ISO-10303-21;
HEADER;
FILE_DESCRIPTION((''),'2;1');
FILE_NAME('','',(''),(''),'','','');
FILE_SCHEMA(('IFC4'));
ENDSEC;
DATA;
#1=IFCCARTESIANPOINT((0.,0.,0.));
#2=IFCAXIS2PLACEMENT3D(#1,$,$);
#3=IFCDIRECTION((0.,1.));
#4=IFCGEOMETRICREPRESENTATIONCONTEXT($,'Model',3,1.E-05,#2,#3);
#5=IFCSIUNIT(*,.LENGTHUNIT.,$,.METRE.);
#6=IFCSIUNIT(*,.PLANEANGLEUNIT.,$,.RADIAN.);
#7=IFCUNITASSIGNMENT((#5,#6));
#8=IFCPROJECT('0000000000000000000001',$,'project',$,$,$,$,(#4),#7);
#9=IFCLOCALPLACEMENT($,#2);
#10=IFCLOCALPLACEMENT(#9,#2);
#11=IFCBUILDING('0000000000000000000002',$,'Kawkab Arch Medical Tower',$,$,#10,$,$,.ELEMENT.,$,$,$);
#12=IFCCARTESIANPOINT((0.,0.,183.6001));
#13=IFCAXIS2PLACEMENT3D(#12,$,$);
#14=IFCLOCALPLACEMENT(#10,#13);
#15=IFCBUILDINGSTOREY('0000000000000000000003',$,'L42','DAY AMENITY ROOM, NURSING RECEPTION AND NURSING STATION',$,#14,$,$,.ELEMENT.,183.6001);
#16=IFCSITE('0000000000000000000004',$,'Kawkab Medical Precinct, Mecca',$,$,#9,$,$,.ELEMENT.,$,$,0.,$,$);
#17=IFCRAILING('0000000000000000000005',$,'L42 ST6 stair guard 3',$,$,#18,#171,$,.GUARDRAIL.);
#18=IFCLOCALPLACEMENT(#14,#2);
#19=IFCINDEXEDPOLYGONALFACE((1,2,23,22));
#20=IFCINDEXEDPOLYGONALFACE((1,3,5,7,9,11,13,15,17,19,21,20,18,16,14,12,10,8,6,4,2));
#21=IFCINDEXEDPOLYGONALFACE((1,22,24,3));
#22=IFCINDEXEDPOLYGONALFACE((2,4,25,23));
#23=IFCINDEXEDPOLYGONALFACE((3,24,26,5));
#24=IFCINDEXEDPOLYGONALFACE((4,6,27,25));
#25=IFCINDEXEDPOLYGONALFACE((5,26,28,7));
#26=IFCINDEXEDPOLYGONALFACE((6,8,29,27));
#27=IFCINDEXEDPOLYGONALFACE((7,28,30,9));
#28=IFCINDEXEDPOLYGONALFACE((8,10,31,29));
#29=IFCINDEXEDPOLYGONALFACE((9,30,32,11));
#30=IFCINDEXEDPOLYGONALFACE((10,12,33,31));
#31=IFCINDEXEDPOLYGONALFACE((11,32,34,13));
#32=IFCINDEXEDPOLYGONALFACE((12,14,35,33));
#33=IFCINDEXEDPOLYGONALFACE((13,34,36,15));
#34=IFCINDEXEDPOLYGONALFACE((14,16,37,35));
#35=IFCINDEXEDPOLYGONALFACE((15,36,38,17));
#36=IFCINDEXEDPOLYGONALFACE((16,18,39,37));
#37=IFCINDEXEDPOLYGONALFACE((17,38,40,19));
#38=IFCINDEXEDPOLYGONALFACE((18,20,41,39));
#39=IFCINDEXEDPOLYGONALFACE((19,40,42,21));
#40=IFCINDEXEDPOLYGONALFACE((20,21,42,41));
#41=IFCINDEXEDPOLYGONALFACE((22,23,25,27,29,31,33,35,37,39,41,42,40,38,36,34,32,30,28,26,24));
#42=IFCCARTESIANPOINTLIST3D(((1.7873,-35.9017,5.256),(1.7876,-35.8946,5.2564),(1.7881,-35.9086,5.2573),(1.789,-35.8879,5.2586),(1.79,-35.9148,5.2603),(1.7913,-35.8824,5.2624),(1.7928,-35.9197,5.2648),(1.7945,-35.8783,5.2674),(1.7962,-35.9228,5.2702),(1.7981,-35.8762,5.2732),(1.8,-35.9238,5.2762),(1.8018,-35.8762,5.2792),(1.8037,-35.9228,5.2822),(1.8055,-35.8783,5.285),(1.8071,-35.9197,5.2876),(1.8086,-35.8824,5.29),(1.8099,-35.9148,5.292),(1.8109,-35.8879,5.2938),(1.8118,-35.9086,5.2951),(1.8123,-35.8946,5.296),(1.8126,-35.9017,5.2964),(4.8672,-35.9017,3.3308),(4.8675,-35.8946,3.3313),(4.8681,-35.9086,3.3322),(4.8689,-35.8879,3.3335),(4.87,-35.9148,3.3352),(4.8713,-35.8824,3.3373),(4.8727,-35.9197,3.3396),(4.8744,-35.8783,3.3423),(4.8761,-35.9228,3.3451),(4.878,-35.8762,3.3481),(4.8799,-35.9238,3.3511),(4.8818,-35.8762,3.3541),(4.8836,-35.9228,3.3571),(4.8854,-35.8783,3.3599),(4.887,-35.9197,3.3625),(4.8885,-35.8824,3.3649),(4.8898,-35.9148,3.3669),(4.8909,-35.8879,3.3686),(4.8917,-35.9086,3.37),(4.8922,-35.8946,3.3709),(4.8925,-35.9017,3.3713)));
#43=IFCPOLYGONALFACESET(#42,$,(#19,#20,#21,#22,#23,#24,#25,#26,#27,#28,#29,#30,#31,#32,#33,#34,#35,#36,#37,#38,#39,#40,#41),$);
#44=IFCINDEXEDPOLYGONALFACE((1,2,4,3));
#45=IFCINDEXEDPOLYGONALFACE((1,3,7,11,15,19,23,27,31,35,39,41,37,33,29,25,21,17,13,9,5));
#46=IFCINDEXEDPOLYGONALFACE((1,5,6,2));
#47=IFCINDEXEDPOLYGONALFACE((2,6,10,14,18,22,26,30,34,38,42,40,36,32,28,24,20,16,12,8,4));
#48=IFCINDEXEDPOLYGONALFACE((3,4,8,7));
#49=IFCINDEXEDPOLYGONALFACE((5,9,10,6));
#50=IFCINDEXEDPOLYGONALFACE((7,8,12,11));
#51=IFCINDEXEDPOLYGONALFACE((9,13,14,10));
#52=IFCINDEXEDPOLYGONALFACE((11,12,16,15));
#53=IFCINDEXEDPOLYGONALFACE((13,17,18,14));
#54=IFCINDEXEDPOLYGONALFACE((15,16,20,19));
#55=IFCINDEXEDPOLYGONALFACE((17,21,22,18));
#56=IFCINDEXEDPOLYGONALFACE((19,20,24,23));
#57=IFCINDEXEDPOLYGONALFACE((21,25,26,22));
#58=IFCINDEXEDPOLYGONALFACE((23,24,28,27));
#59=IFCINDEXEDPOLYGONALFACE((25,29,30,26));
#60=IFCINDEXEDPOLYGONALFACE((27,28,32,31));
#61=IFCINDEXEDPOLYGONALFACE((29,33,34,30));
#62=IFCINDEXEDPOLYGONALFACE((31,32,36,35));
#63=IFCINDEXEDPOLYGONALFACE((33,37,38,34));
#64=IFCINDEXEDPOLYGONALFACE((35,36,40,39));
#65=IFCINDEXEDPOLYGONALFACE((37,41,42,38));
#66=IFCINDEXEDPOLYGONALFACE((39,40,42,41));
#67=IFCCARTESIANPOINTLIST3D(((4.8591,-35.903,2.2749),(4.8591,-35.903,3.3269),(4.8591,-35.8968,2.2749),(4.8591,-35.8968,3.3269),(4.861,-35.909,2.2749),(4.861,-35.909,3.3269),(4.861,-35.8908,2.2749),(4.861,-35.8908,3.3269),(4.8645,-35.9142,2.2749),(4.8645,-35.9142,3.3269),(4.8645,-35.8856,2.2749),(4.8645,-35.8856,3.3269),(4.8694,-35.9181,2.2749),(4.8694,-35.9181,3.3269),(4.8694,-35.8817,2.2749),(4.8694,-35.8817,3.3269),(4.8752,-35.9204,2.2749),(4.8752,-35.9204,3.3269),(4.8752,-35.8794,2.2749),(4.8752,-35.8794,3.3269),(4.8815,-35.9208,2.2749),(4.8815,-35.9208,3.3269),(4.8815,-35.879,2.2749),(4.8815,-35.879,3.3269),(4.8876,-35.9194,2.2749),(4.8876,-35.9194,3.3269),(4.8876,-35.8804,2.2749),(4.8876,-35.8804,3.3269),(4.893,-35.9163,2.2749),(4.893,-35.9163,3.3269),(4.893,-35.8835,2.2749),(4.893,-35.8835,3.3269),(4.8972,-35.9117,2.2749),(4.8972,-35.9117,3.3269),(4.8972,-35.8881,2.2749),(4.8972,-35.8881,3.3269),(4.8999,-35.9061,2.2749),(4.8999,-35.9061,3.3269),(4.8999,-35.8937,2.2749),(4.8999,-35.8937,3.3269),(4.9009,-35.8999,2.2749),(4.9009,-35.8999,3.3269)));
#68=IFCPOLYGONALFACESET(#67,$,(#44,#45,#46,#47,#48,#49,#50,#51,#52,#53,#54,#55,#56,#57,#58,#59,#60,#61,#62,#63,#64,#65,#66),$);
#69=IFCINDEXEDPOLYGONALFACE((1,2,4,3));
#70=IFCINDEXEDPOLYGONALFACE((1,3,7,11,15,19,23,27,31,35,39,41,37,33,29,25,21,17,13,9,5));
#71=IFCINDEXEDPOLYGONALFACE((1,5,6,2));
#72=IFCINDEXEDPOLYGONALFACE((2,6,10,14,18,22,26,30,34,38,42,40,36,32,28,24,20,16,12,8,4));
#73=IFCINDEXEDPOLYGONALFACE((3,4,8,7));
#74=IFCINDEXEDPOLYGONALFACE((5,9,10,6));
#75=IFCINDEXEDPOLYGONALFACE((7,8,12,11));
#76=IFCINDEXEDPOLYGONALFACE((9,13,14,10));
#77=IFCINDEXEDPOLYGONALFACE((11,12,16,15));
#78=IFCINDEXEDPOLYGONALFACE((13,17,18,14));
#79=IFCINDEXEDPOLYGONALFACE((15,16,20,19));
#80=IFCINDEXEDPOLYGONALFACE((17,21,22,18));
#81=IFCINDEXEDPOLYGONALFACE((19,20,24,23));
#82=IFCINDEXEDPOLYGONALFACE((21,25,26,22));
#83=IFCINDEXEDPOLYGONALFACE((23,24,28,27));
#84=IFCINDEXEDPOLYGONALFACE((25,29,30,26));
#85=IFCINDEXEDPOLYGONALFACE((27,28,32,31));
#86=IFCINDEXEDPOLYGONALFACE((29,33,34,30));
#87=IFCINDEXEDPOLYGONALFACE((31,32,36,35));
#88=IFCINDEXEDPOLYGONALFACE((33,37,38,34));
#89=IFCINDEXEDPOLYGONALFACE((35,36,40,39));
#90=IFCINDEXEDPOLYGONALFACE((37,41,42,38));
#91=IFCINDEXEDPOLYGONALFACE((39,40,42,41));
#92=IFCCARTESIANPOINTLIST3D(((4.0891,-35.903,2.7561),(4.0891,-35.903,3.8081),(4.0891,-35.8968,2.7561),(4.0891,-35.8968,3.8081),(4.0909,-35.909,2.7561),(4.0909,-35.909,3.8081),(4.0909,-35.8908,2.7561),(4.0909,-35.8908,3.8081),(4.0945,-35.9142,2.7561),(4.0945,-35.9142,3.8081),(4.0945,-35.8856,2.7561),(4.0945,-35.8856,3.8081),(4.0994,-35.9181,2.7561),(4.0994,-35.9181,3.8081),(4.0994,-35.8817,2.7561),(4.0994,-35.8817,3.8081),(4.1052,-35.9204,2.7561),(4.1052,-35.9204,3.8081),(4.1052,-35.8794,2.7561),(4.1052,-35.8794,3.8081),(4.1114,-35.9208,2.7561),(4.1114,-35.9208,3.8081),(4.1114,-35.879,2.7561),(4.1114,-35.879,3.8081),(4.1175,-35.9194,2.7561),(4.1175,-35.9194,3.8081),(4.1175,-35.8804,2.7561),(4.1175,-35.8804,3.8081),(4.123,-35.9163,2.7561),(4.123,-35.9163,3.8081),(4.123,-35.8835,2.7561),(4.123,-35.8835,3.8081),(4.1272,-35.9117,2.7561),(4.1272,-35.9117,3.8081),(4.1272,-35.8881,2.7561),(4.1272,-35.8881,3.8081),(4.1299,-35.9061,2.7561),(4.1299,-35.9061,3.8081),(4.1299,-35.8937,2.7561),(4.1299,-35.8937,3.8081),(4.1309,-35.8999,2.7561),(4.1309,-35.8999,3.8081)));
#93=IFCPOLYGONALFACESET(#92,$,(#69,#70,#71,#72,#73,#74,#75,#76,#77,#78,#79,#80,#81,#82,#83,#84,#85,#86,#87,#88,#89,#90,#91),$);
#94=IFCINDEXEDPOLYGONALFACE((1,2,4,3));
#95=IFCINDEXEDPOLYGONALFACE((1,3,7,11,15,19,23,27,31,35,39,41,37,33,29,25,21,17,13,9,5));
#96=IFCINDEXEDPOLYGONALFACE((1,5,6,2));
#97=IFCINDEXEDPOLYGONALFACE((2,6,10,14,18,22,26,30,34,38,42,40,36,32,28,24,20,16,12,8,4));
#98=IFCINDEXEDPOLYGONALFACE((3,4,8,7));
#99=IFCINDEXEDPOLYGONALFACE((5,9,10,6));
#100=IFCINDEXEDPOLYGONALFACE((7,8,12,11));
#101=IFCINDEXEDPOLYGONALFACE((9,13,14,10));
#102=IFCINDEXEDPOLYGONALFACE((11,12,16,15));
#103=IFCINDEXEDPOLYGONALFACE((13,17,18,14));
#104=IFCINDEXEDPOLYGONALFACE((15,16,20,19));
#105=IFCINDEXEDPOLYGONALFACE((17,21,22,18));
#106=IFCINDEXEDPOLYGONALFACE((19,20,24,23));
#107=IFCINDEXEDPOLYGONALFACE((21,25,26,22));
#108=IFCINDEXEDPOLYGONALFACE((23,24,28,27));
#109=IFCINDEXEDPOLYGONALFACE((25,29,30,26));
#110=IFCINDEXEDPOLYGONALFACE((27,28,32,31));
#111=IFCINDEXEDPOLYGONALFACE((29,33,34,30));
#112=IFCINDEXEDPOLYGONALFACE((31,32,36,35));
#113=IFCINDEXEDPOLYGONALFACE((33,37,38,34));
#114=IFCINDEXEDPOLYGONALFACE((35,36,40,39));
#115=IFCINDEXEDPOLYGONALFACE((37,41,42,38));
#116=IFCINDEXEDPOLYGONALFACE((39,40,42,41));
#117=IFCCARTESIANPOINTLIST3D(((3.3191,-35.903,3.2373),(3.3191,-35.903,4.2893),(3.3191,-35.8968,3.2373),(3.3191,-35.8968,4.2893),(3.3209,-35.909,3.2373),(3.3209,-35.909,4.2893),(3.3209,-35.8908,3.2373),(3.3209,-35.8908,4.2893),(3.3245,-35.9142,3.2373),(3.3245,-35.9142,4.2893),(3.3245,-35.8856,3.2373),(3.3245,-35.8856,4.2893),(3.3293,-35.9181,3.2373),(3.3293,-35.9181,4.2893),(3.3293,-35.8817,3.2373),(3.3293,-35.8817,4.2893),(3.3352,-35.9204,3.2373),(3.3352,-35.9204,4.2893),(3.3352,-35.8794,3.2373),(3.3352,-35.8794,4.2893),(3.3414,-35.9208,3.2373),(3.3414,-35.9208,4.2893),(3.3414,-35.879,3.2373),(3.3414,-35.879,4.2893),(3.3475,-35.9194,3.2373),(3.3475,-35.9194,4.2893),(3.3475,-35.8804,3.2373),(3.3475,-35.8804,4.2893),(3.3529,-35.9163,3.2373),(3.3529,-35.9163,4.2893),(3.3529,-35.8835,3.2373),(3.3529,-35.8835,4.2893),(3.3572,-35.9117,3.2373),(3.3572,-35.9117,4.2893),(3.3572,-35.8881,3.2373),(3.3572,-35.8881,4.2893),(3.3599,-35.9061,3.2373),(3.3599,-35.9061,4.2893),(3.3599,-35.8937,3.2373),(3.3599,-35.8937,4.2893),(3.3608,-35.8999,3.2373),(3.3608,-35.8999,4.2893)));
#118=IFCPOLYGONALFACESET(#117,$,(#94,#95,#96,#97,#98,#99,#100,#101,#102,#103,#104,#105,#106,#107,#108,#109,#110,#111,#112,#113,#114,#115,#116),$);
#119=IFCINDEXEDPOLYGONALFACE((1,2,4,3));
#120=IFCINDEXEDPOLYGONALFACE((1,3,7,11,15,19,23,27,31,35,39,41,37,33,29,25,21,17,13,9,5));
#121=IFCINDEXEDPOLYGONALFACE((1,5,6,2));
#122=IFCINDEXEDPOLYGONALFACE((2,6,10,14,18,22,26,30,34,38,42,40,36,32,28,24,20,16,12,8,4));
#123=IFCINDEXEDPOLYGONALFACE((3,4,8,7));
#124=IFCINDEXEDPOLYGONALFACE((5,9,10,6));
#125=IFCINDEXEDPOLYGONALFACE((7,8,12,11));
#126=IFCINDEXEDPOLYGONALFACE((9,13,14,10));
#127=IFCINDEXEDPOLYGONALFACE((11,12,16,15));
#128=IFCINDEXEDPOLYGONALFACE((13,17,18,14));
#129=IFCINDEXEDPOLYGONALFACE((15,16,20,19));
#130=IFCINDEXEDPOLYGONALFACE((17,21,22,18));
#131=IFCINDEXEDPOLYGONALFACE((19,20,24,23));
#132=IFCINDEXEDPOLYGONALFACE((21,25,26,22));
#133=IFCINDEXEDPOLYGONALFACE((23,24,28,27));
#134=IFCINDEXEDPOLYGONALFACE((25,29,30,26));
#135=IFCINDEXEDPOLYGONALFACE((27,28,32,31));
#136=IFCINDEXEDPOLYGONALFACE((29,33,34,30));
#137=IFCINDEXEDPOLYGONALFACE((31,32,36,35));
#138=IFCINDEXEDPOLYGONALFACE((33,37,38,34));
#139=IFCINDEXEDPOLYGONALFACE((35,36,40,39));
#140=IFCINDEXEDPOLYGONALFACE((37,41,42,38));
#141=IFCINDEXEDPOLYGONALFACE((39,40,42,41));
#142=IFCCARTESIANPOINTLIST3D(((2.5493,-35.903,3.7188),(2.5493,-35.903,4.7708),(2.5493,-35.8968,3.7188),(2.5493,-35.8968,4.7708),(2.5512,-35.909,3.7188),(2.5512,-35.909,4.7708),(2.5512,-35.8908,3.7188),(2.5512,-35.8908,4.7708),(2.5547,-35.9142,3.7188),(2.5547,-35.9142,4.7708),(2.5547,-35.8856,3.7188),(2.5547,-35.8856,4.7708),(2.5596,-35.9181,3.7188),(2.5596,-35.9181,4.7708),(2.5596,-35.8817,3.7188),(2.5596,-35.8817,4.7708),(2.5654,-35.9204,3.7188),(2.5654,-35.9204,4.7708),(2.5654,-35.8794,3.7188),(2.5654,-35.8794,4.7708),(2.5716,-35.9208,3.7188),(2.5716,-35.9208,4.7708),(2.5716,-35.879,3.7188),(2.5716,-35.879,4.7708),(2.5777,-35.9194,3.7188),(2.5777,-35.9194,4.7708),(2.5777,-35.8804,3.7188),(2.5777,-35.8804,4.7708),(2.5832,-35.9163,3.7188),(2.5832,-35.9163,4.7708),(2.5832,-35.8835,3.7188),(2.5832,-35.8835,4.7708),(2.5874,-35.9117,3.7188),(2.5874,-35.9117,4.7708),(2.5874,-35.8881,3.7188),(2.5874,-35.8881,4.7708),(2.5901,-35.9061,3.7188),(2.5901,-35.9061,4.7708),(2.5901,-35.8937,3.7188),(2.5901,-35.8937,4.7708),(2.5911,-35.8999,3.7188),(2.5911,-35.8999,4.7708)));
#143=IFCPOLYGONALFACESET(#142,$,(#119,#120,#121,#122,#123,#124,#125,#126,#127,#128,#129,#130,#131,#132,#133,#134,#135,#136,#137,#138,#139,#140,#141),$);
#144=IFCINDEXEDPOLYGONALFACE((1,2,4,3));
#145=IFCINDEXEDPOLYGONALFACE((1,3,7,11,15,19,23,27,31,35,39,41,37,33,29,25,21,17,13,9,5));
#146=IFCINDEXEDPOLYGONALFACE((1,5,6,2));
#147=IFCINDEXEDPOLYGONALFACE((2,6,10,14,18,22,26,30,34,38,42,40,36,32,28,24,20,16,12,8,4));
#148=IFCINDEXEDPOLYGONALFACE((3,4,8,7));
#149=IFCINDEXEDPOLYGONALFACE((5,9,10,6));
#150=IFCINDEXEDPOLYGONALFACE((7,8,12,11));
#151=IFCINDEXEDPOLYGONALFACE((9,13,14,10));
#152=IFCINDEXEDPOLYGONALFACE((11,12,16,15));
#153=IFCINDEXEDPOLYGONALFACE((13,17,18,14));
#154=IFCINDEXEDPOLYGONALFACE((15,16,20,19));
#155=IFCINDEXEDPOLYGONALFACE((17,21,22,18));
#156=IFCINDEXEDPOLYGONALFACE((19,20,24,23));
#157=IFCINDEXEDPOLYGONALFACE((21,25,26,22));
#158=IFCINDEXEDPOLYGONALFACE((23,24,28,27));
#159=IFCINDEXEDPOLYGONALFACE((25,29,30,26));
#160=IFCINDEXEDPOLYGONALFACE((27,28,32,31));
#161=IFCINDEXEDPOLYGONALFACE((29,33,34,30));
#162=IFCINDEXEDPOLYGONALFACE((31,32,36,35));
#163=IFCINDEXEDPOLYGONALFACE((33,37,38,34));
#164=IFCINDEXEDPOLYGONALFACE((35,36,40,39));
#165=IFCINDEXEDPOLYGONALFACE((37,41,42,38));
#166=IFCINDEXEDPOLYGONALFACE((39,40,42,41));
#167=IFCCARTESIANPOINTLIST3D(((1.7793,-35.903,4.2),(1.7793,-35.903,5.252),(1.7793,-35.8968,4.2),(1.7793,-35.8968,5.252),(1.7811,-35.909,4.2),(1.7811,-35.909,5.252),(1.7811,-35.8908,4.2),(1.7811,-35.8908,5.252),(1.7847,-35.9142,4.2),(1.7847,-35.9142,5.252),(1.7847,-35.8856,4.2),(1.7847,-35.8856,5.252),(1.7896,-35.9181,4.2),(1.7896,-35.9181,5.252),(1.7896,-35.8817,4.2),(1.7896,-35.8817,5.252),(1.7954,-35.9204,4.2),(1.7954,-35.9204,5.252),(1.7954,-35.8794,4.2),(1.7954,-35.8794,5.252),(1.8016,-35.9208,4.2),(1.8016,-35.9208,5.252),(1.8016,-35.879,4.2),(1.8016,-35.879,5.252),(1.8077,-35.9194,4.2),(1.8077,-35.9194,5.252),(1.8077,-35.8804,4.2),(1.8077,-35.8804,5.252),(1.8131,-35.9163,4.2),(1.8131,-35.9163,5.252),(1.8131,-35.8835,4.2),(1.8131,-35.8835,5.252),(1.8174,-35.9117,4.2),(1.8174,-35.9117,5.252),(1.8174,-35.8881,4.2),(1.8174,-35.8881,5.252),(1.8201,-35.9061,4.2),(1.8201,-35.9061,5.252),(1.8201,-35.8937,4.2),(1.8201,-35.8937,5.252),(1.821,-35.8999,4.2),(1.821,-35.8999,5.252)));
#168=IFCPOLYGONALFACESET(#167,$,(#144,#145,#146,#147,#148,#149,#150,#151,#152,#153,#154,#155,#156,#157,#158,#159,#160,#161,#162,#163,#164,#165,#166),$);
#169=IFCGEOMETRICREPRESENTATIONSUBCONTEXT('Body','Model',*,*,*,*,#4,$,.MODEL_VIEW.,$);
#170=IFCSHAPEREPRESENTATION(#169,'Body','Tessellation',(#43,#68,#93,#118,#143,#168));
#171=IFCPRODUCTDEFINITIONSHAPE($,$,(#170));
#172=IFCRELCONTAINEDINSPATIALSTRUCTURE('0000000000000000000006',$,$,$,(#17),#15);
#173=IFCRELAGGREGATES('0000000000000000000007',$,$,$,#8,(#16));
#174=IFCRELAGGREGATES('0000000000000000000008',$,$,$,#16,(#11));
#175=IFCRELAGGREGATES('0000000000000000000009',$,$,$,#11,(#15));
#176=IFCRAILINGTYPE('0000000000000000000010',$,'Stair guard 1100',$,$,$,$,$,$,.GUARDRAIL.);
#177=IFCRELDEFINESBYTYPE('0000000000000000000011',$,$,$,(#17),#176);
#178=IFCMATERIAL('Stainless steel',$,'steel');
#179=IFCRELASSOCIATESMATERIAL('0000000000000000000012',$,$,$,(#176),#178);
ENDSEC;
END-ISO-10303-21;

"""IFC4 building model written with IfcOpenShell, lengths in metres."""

from ifc_helpers import new_model, si_unit, direction, frame, origin, origin_2d, place, context, subcontext, project, spatial, circle, extrude, material, type_object, element, save


model = new_model("IFC4")

# Units and contexts
model_context = context("Model", 3, precision=1e-05, world=origin(), true_north=direction((0.0, 1.0)))
body_context = subcontext(model_context, "Body", "Model", "MODEL_VIEW")
ifc_project = project(units=[si_unit("LENGTHUNIT", "METRE"), si_unit("PLANEANGLEUNIT", "RADIAN")], contexts=[model_context])

# Site, building, storey
site_placement = place(None, origin())
site = spatial("IfcSite", under=ifc_project, at=site_placement, Name="Kawkab Medical Precinct, Mecca", CompositionType="ELEMENT", RefElevation=0.0)
building_placement = place(site_placement, origin())
building = spatial("IfcBuilding", under=site, at=building_placement, Name="Kawkab Arch Medical Tower", CompositionType="ELEMENT")
storey_placement = place(building_placement, frame((0.0, 0.0, 183.6001)))
storey = spatial("IfcBuildingStorey", under=building, at=storey_placement, Name="L42", Description="DAY AMENITY ROOM, NURSING RECEPTION AND NURSING STATION", CompositionType="ELEMENT", Elevation=183.6001)

# Railing
ifc_material_1 = material(Name="Stainless steel", Category="steel")
railing_type = type_object("IfcRailingType", Name="Stair guard 1100", PredefinedType="GUARDRAIL", material=ifc_material_1)
railing_1_placement = place(storey_placement, frame((4.8799, -35.8999, 2.2749)))
element("IfcRailing", 1, at=railing_1_placement, inside=storey, type_object=railing_type, Name="L42 ST6 stair guard 3", PredefinedType="GUARDRAIL", context=body_context, shape_type="SweptSolid", body=[
    extrude(circle(Radius=0.0239, at=origin_2d()), frame((0.0, 0.0, 1.0762), z_axis=(-0.847979, 0.0, 0.530029), x_axis=(0.0, -1.0, 0.0)), (0.0, 0.0, 1.0), 3.6321),
    extrude(circle(Radius=0.021, at=origin_2d()), origin(), (0.0, 0.0, 1.0), 1.052),
    extrude(circle(Radius=0.021, at=origin_2d()), frame((-0.77, 0.0, 0.4812)), (0.0, 0.0, 1.0), 1.052),
    extrude(circle(Radius=0.021, at=origin_2d()), frame((-1.54, 0.0, 0.9624)), (0.0, 0.0, 1.0), 1.052),
    extrude(circle(Radius=0.021, at=origin_2d()), frame((-2.3098, 0.0, 1.4438)), (0.0, 0.0, 1.0), 1.052),
    extrude(circle(Radius=0.021, at=origin_2d()), frame((-3.0798, 0.0, 1.925)), (0.0, 0.0, 1.0), 1.052),
])

save(model, "model.ifc")
